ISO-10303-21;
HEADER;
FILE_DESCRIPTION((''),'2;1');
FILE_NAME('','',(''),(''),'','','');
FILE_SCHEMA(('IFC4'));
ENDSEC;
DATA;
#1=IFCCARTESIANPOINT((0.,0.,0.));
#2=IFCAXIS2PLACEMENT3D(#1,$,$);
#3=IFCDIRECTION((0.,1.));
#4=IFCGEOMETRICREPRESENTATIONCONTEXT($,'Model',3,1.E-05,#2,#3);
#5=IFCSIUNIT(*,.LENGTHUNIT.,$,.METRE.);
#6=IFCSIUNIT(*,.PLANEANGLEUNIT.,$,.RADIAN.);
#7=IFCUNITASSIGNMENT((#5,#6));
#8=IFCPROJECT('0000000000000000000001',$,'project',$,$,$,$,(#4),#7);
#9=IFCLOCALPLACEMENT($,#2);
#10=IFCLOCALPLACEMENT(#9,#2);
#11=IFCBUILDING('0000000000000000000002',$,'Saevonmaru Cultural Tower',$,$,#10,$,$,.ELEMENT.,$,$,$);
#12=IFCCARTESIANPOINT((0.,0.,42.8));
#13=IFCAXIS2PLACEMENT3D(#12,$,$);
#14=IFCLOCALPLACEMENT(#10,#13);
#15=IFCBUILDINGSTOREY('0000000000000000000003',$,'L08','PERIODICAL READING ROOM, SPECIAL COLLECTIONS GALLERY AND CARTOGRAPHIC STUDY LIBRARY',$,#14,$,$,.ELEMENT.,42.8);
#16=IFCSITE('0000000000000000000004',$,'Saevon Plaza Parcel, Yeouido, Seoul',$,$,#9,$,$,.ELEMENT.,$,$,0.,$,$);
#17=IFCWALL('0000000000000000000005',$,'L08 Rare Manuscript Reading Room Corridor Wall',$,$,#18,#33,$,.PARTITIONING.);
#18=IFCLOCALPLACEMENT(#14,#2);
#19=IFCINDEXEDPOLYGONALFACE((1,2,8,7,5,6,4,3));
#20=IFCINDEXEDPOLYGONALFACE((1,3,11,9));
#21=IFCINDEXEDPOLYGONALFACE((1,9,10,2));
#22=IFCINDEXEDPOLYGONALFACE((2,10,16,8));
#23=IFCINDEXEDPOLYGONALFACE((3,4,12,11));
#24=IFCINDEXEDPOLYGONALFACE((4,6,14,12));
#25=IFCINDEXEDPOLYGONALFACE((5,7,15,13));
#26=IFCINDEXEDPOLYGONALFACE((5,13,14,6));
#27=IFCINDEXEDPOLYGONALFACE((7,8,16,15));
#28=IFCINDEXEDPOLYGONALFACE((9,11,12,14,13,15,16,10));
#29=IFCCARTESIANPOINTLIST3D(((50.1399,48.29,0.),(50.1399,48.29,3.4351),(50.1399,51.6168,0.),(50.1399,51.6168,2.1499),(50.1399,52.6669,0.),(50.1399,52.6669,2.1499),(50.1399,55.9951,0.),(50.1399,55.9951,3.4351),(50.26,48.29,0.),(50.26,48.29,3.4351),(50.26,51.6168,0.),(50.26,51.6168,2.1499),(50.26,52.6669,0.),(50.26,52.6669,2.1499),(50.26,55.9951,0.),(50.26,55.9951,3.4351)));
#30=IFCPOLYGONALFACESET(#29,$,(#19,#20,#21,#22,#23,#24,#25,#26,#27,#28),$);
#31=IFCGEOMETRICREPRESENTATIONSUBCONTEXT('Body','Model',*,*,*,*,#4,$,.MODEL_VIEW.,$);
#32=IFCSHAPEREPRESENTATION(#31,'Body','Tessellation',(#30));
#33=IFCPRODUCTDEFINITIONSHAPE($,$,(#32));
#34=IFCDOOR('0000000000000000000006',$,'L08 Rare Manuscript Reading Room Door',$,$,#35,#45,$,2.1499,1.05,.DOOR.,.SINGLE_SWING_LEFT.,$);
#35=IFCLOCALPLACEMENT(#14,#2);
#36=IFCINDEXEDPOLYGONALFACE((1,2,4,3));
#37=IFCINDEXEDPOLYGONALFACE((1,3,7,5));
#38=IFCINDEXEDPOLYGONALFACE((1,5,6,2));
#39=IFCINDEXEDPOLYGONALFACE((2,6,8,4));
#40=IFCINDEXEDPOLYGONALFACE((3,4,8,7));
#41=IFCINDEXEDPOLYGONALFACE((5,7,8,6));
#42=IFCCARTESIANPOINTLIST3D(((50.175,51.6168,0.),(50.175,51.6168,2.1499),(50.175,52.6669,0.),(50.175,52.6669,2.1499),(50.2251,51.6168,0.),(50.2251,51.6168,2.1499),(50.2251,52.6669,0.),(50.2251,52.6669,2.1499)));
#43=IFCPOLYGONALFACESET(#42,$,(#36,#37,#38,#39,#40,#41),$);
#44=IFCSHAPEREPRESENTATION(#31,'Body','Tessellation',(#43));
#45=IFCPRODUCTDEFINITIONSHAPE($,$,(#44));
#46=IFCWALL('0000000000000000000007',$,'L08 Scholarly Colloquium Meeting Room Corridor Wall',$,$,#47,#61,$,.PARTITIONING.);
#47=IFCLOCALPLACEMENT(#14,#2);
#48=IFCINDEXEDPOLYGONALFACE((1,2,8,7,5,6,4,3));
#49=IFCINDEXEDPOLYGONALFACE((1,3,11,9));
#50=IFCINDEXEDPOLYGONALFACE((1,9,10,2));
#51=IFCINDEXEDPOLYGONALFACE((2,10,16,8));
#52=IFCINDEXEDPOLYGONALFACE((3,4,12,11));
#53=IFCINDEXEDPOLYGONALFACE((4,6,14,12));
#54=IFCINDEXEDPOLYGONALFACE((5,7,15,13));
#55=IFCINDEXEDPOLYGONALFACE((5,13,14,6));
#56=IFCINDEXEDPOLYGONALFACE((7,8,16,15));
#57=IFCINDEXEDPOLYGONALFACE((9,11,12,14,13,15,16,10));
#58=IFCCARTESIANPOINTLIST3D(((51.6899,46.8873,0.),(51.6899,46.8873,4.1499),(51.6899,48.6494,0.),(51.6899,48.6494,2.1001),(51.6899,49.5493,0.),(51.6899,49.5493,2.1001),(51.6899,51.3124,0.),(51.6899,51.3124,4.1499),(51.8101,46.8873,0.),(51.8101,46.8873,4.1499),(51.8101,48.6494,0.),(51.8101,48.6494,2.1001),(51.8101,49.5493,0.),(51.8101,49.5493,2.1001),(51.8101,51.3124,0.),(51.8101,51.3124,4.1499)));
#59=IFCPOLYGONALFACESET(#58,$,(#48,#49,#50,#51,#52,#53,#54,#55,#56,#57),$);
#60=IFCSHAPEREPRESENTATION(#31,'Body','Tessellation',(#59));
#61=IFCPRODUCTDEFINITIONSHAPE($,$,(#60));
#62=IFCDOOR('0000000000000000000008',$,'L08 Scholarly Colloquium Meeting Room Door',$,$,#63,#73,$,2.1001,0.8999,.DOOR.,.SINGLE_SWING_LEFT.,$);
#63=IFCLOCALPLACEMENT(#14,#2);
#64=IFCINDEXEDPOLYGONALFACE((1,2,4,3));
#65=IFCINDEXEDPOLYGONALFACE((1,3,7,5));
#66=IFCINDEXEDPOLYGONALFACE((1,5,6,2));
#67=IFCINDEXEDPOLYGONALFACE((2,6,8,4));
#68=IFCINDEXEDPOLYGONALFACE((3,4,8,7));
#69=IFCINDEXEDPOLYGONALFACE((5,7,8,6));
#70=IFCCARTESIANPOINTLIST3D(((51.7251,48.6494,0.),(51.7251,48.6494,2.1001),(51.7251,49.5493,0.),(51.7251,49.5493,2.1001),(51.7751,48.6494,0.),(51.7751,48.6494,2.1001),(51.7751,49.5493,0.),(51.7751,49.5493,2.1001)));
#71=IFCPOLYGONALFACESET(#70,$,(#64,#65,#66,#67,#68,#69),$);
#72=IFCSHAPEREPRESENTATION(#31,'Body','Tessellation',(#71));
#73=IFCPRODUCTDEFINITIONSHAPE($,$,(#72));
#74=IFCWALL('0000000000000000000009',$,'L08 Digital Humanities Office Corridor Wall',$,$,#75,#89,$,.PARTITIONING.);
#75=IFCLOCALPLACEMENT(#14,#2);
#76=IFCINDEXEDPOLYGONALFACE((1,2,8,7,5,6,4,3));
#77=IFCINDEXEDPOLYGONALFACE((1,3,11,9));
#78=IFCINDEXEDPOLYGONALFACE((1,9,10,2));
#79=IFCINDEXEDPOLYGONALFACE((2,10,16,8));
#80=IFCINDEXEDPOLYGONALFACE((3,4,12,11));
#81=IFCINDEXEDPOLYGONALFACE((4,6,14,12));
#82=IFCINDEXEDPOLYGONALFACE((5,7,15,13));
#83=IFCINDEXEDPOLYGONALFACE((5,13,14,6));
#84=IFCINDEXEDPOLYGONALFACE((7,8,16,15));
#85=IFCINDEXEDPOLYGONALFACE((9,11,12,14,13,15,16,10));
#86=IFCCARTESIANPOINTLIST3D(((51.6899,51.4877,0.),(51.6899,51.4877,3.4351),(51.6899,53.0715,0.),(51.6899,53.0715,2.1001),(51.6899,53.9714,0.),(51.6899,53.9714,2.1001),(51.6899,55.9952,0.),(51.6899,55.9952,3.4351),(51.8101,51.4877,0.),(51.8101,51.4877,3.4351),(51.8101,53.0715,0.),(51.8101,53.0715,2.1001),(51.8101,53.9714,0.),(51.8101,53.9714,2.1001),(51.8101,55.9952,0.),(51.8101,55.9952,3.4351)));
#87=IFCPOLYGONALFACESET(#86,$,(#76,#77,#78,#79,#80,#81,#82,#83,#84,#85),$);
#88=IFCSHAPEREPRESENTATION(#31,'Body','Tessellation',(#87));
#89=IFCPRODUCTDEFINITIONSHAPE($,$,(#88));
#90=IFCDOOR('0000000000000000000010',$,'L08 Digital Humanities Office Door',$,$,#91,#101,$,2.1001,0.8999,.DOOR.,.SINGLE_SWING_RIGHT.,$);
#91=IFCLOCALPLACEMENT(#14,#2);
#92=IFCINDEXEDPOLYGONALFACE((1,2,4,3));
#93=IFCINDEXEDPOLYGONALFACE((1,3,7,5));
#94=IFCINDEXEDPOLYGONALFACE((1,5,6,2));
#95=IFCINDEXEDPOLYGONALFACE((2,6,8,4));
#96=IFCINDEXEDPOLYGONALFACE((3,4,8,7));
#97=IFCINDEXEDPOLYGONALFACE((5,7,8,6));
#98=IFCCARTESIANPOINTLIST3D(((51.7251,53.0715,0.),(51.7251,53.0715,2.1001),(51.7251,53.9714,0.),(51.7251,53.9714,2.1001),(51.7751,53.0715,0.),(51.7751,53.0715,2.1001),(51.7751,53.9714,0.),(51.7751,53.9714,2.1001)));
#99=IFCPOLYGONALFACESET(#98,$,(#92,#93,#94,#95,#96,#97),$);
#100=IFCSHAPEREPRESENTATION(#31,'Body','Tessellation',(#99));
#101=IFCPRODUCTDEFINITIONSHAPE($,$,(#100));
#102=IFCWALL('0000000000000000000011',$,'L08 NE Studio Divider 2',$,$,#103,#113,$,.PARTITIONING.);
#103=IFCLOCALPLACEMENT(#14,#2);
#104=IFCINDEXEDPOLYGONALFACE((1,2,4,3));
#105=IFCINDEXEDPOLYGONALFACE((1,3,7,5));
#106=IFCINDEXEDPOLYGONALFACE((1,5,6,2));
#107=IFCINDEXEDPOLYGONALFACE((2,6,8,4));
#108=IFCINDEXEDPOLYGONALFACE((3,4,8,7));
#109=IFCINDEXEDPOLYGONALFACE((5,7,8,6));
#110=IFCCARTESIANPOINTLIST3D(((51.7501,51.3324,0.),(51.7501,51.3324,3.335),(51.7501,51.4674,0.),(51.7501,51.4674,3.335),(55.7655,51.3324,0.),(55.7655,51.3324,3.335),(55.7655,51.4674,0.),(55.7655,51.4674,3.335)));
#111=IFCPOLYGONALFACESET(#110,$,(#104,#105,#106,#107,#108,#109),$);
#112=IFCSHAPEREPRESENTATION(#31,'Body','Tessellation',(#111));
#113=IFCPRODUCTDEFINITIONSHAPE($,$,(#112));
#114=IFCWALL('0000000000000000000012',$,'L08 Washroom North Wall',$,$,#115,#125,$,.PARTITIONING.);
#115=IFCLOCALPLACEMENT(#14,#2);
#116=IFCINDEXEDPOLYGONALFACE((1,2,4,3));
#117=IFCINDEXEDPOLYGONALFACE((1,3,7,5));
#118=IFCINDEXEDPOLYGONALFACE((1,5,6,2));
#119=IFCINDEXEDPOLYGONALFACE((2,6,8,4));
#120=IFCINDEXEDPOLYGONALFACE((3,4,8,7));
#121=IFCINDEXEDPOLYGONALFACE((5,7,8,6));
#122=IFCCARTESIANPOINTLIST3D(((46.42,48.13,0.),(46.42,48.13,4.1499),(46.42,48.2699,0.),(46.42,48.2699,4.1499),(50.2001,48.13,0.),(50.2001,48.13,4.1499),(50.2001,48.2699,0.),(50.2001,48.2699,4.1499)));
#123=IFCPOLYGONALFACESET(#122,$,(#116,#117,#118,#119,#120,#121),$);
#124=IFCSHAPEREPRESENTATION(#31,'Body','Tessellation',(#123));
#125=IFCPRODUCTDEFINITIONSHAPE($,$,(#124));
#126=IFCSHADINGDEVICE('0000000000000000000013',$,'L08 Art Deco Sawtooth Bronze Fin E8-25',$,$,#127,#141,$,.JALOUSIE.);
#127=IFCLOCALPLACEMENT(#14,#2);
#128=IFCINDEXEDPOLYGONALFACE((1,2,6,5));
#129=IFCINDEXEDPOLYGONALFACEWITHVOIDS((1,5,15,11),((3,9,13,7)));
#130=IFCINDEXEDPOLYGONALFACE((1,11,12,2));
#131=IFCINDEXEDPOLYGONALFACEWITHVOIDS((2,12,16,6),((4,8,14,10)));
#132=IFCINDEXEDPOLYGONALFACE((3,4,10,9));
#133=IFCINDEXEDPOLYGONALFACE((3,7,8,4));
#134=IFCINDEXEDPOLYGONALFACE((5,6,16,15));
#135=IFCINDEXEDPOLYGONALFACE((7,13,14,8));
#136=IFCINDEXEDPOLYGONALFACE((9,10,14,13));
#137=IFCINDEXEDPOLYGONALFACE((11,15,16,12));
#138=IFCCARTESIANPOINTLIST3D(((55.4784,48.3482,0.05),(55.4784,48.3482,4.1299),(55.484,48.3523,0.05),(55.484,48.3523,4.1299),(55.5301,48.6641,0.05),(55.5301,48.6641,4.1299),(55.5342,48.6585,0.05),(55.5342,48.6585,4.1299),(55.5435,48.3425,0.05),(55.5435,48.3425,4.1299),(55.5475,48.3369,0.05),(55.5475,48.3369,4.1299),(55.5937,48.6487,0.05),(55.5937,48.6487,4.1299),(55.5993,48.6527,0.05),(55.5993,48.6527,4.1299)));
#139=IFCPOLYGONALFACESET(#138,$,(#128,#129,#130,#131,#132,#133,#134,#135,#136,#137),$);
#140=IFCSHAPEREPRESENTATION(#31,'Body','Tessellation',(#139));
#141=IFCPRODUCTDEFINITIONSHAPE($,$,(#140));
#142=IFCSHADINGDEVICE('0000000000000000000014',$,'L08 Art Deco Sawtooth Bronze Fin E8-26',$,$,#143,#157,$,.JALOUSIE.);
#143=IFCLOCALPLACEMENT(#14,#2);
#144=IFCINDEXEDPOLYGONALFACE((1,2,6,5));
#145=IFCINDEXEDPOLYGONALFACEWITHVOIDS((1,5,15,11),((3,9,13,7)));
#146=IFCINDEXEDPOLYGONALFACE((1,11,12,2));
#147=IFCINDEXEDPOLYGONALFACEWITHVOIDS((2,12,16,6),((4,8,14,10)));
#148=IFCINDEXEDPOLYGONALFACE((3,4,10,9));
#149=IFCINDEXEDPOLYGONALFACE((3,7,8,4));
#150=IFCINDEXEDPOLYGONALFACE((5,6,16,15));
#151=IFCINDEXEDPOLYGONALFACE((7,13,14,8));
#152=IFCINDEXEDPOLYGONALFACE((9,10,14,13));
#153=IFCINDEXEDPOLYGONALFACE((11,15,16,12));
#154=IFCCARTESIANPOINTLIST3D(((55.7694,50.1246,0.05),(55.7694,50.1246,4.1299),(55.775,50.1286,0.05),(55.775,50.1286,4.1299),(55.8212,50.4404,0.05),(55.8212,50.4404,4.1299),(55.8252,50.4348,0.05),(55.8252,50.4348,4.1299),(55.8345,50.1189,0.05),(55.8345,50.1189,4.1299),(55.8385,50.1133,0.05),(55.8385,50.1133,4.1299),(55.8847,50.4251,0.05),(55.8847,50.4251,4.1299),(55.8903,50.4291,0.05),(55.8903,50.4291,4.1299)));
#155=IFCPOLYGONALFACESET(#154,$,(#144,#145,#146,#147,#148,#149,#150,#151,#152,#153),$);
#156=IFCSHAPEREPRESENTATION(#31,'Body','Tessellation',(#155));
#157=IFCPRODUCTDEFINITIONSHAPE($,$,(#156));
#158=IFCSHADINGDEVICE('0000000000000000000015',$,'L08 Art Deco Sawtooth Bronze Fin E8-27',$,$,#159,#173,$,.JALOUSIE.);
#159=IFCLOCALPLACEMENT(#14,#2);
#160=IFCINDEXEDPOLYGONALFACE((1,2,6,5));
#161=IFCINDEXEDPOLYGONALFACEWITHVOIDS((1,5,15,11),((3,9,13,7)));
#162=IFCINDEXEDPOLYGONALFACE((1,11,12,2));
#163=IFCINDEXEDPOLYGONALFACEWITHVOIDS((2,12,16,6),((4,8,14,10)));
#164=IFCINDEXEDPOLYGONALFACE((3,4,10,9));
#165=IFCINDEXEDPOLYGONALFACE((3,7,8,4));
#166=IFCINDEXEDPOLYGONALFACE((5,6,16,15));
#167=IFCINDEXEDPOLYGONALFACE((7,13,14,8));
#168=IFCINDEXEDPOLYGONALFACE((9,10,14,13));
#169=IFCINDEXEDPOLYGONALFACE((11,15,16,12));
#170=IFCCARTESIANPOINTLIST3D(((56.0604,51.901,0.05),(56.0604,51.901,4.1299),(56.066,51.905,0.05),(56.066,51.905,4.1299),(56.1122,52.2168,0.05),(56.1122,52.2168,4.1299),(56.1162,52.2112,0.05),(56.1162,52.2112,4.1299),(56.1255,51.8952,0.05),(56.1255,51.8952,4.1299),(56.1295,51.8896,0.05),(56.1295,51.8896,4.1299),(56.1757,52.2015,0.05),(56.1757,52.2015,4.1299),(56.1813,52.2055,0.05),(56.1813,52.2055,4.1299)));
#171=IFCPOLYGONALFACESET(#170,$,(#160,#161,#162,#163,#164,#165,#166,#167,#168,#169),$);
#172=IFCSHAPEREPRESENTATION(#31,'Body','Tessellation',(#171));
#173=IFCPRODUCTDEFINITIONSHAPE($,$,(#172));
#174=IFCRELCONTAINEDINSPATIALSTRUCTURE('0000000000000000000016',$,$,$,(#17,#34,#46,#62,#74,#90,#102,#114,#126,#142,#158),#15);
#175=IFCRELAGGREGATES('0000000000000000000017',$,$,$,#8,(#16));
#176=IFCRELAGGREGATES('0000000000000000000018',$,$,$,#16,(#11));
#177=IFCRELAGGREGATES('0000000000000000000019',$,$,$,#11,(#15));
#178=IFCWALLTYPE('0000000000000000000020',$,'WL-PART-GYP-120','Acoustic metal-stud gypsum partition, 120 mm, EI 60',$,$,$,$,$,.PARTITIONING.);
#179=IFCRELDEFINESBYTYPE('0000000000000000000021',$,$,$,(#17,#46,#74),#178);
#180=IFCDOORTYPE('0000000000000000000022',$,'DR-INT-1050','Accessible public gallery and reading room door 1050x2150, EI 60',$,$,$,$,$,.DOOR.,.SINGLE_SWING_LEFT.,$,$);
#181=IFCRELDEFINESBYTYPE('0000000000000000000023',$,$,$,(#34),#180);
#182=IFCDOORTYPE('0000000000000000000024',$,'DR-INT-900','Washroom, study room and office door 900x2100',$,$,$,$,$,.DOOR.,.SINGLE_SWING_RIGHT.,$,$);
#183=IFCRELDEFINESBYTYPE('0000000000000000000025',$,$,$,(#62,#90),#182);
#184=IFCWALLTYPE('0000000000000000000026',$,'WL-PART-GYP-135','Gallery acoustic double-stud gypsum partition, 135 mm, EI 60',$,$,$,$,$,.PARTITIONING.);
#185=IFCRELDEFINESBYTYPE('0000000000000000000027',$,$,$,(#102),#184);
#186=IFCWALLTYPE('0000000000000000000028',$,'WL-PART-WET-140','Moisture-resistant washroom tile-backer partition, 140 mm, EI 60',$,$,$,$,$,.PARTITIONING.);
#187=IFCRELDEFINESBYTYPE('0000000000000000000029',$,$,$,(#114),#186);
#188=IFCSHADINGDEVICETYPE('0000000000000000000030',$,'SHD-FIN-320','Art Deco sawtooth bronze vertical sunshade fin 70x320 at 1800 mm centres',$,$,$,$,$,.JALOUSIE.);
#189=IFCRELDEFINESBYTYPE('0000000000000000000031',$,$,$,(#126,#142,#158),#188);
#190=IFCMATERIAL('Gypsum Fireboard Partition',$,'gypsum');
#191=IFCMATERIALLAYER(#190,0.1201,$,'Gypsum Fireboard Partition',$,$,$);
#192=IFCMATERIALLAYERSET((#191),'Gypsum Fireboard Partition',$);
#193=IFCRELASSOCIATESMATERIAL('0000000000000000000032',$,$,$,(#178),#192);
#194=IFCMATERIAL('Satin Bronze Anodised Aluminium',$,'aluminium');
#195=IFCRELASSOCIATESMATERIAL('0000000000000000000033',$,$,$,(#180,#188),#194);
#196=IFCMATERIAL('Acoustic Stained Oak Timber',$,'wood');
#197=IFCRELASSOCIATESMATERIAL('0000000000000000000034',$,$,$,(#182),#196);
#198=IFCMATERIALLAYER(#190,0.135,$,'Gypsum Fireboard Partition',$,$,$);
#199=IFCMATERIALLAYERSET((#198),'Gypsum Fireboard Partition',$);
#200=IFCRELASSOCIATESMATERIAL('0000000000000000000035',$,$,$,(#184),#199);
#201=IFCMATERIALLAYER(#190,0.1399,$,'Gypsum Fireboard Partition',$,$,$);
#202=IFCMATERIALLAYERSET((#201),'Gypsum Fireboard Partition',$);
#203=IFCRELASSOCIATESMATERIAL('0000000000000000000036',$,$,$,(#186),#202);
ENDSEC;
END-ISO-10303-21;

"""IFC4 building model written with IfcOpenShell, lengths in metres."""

from ifc_helpers import new_model, si_unit, direction, frame, frame_2d, origin, origin_2d, place, context, subcontext, project, spatial, rectangle, hollow_rectangle, extrude, material, layer, layer_set, material_profile, profile_set, type_object, element, fill, save


model = new_model("IFC4")

# Units and contexts
model_context = context("Model", 3, precision=1e-05, world=origin(), true_north=direction((0.0, 1.0)))
body_context = subcontext(model_context, "Body", "Model", "MODEL_VIEW")
ifc_project = project(units=[si_unit("LENGTHUNIT", "METRE"), si_unit("PLANEANGLEUNIT", "RADIAN")], contexts=[model_context])

# Site, building, storey
site_placement = place(None, origin())
site = spatial("IfcSite", under=ifc_project, at=site_placement, Name="Saevon Plaza Parcel, Yeouido, Seoul", CompositionType="ELEMENT", RefElevation=0.0)
building_placement = place(site_placement, origin())
building = spatial("IfcBuilding", under=site, at=building_placement, Name="Saevonmaru Cultural Tower", CompositionType="ELEMENT")
storey_placement = place(building_placement, frame((0.0, 0.0, 42.8)))
storey = spatial("IfcBuildingStorey", under=building, at=storey_placement, Name="L08", Description="PERIODICAL READING ROOM, SPECIAL COLLECTIONS GALLERY AND CARTOGRAPHIC STUDY LIBRARY", CompositionType="ELEMENT", Elevation=42.8)

# Shared definitions
ifc_material_1 = material(Name="Satin Bronze Anodised Aluminium", Category="aluminium")

# Walls, openings, doors
ifc_material_2 = material(Name="Gypsum Fireboard Partition", Category="gypsum")
ifc_layer_1 = layer(ifc_material_2, 0.1201, Name="Gypsum Fireboard Partition")
ifc_layer_set_1 = layer_set([ifc_layer_1], Name="Gypsum Fireboard Partition")
wall_type_1 = type_object("IfcWallType", Name="WL-PART-GYP-120", Description="Acoustic metal-stud gypsum partition, 120 mm, EI 60", PredefinedType="PARTITIONING", material=ifc_layer_set_1)
wall_1_placement = place(storey_placement, frame((50.2, 48.29, 0.0), z_axis=(0.0, 0.0, 1.0), x_axis=(0.0, 1.0, 0.0)))
wall_1 = element("IfcWall", 1, at=wall_1_placement, inside=storey, type_object=wall_type_1, Name="L08 Rare Manuscript Reading Room Corridor Wall", PredefinedType="PARTITIONING", context=body_context, shape_type="SweptSolid", body=[
    extrude(rectangle(XDim=7.7051, YDim=0.1201, at=frame_2d((3.8525, 0.0))), origin(), (0.0, 0.0, 1.0), 3.4351),
])
opening_1_placement = place(wall_1_placement, frame((3.3269, 0.0, 0.0)))
opening_1 = element("IfcOpeningElement", 2, at=opening_1_placement, cuts=wall_1, PredefinedType="OPENING", context=body_context, shape_type="SweptSolid", body=[
    extrude(rectangle(XDim=1.05, YDim=2.1499, at=frame_2d((0.5249, 1.075))), frame((0.0, 0.0701, 0.0), z_axis=(0.0, -1.0, 0.0), x_axis=(1.0, 0.0, 0.0)), (0.0, 0.0, 1.0), 0.1401),
])
door_type_1 = type_object("IfcDoorType", Name="DR-INT-1050", Description="Accessible public gallery and reading room door 1050x2150, EI 60", OperationType="SINGLE_SWING_LEFT", PredefinedType="DOOR", material=ifc_material_1)
door_1_placement = place(opening_1_placement, origin())
door_1 = element("IfcDoor", 3, at=door_1_placement, inside=storey, type_object=door_type_1, Name="L08 Rare Manuscript Reading Room Door", OperationType="SINGLE_SWING_LEFT", OverallHeight=2.1499, OverallWidth=1.05, PredefinedType="DOOR", context=body_context, shape_type="SweptSolid", body=[
    extrude(rectangle(XDim=1.05, YDim=2.1499, at=frame_2d((0.5249, 1.075))), frame((0.0, 0.0249, 0.0), z_axis=(0.0, -1.0, 0.0), x_axis=(1.0, 0.0, 0.0)), (0.0, 0.0, 1.0), 0.05),
])
fill(opening_1, door_1)
wall_2_placement = place(storey_placement, frame((51.75, 46.8875, 0.0), z_axis=(0.0, 0.0, 1.0), x_axis=(0.0, 1.0, 0.0)))
wall_2 = element("IfcWall", 4, at=wall_2_placement, inside=storey, type_object=wall_type_1, Name="L08 Scholarly Colloquium Meeting Room Corridor Wall", PredefinedType="PARTITIONING", context=body_context, shape_type="SweptSolid", body=[
    extrude(rectangle(XDim=4.425, YDim=0.1201, at=frame_2d((2.2124, 0.0))), origin(), (0.0, 0.0, 1.0), 4.1499),
])
opening_2_placement = place(wall_2_placement, frame((1.762, 0.0, 0.0)))
opening_2 = element("IfcOpeningElement", 5, at=opening_2_placement, cuts=wall_2, PredefinedType="OPENING", context=body_context, shape_type="SweptSolid", body=[
    extrude(rectangle(XDim=0.8999, YDim=2.1001, at=frame_2d((0.45, 1.05))), frame((0.0, 0.0701, 0.0), z_axis=(0.0, -1.0, 0.0), x_axis=(1.0, 0.0, 0.0)), (0.0, 0.0, 1.0), 0.1401),
])
ifc_material_3 = material(Name="Acoustic Stained Oak Timber", Category="wood")
door_type_2 = type_object("IfcDoorType", Name="DR-INT-900", Description="Washroom, study room and office door 900x2100", OperationType="SINGLE_SWING_RIGHT", PredefinedType="DOOR", material=ifc_material_3)
door_2_placement = place(opening_2_placement, origin())
door_2 = element("IfcDoor", 6, at=door_2_placement, inside=storey, type_object=door_type_2, Name="L08 Scholarly Colloquium Meeting Room Door", OperationType="SINGLE_SWING_LEFT", OverallHeight=2.1001, OverallWidth=0.8999, PredefinedType="DOOR", context=body_context, shape_type="SweptSolid", body=[
    extrude(rectangle(XDim=0.8999, YDim=2.1001, at=frame_2d((0.45, 1.05))), frame((0.0, 0.0249, 0.0), z_axis=(0.0, -1.0, 0.0), x_axis=(1.0, 0.0, 0.0)), (0.0, 0.0, 1.0), 0.05),
])
fill(opening_2, door_2)
wall_3_placement = place(storey_placement, frame((51.75, 51.4875, 0.0), z_axis=(0.0, 0.0, 1.0), x_axis=(0.0, 1.0, 0.0)))
wall_3 = element("IfcWall", 7, at=wall_3_placement, inside=storey, type_object=wall_type_1, Name="L08 Digital Humanities Office Corridor Wall", PredefinedType="PARTITIONING", context=body_context, shape_type="SweptSolid", body=[
    extrude(rectangle(XDim=4.5076, YDim=0.1201, at=frame_2d((2.2539, 0.0))), origin(), (0.0, 0.0, 1.0), 3.4351),
])
opening_3_placement = place(wall_3_placement, frame((1.584, 0.0, 0.0)))
opening_3 = element("IfcOpeningElement", 8, at=opening_3_placement, cuts=wall_3, PredefinedType="OPENING", context=body_context, shape_type="SweptSolid", body=[
    extrude(rectangle(XDim=0.8999, YDim=2.1001, at=frame_2d((0.45, 1.05))), frame((0.0, 0.0701, 0.0), z_axis=(0.0, -1.0, 0.0), x_axis=(1.0, 0.0, 0.0)), (0.0, 0.0, 1.0), 0.1401),
])
door_3_placement = place(opening_3_placement, origin())
door_3 = element("IfcDoor", 9, at=door_3_placement, inside=storey, type_object=door_type_2, Name="L08 Digital Humanities Office Door", OperationType="SINGLE_SWING_RIGHT", OverallHeight=2.1001, OverallWidth=0.8999, PredefinedType="DOOR", context=body_context, shape_type="SweptSolid", body=[
    extrude(rectangle(XDim=0.8999, YDim=2.1001, at=frame_2d((0.45, 1.05))), frame((0.0, 0.0249, 0.0), z_axis=(0.0, -1.0, 0.0), x_axis=(1.0, 0.0, 0.0)), (0.0, 0.0, 1.0), 0.05),
])
fill(opening_3, door_3)

# Walls
ifc_layer_2 = layer(ifc_material_2, 0.135, Name="Gypsum Fireboard Partition")
ifc_layer_set_2 = layer_set([ifc_layer_2], Name="Gypsum Fireboard Partition")
wall_type_2 = type_object("IfcWallType", Name="WL-PART-GYP-135", Description="Gallery acoustic double-stud gypsum partition, 135 mm, EI 60", PredefinedType="PARTITIONING", material=ifc_layer_set_2)
wall_4_placement = place(storey_placement, frame((51.75, 51.3999, 0.0), z_axis=(0.0, 0.0, 1.0), x_axis=(1.0, 0.0, 0.0)))
element("IfcWall", 10, at=wall_4_placement, inside=storey, type_object=wall_type_2, Name="L08 NE Studio Divider 2", PredefinedType="PARTITIONING", context=body_context, shape_type="SweptSolid", body=[
    extrude(rectangle(XDim=4.0154, YDim=0.135, at=frame_2d((2.0078, 0.0))), origin(), (0.0, 0.0, 1.0), 3.335),
])
ifc_layer_3 = layer(ifc_material_2, 0.1399, Name="Gypsum Fireboard Partition")
ifc_layer_set_3 = layer_set([ifc_layer_3], Name="Gypsum Fireboard Partition")
wall_type_3 = type_object("IfcWallType", Name="WL-PART-WET-140", Description="Moisture-resistant washroom tile-backer partition, 140 mm, EI 60", PredefinedType="PARTITIONING", material=ifc_layer_set_3)
wall_5_placement = place(storey_placement, frame((46.4199, 48.2, 0.0), z_axis=(0.0, 0.0, 1.0), x_axis=(1.0, 0.0, 0.0)))
element("IfcWall", 11, at=wall_5_placement, inside=storey, type_object=wall_type_3, Name="L08 Washroom North Wall", PredefinedType="PARTITIONING", context=body_context, shape_type="SweptSolid", body=[
    extrude(rectangle(XDim=3.78, YDim=0.1399, at=frame_2d((1.8901, 0.0))), origin(), (0.0, 0.0, 1.0), 4.1499),
])

# Shading devices
ifc_material_profile_1 = material_profile(ifc_material_1, hollow_rectangle(XDim=0.0701, YDim=0.3201, WallThickness=0.0049, at=origin_2d()), Name="FIN-320x70")
ifc_profile_set_1 = profile_set([ifc_material_profile_1], Name="Satin Bronze Anodised Aluminium")
shading_device_type = type_object("IfcShadingDeviceType", Name="SHD-FIN-320", Description="Art Deco sawtooth bronze vertical sunshade fin 70x320 at 1800 mm centres", PredefinedType="JALOUSIE", material=ifc_profile_set_1)
for number, where, z_axis, x_axis, name in (
    (12, (55.5388, 48.5005, 0.05), (0.0, 0.0, 1.0), (0.986827, -0.161776, 0.0), "L08 Art Deco Sawtooth Bronze Fin E8-25"),
    (13, (55.8298, 50.2769, 0.05), (0.0, 0.0, 1.0), (0.986827, -0.161776, 0.0), "L08 Art Deco Sawtooth Bronze Fin E8-26"),
    (14, (56.1208, 52.0532, 0.05), (0.0, 0.0, 1.0), (0.986827, -0.161776, 0.0), "L08 Art Deco Sawtooth Bronze Fin E8-27"),
):
    element("IfcShadingDevice", number, at=place(storey_placement, frame(where, z_axis=z_axis, x_axis=x_axis)), inside=storey, type_object=shading_device_type, Name=name, PredefinedType="JALOUSIE", context=body_context, shape_type="SweptSolid", body=[
        extrude(hollow_rectangle(XDim=0.0701, YDim=0.3201, WallThickness=0.0049, at=origin_2d()), origin(), (0.0, 0.0, 1.0), 4.0798),
    ])

save(model, "model.ifc")
